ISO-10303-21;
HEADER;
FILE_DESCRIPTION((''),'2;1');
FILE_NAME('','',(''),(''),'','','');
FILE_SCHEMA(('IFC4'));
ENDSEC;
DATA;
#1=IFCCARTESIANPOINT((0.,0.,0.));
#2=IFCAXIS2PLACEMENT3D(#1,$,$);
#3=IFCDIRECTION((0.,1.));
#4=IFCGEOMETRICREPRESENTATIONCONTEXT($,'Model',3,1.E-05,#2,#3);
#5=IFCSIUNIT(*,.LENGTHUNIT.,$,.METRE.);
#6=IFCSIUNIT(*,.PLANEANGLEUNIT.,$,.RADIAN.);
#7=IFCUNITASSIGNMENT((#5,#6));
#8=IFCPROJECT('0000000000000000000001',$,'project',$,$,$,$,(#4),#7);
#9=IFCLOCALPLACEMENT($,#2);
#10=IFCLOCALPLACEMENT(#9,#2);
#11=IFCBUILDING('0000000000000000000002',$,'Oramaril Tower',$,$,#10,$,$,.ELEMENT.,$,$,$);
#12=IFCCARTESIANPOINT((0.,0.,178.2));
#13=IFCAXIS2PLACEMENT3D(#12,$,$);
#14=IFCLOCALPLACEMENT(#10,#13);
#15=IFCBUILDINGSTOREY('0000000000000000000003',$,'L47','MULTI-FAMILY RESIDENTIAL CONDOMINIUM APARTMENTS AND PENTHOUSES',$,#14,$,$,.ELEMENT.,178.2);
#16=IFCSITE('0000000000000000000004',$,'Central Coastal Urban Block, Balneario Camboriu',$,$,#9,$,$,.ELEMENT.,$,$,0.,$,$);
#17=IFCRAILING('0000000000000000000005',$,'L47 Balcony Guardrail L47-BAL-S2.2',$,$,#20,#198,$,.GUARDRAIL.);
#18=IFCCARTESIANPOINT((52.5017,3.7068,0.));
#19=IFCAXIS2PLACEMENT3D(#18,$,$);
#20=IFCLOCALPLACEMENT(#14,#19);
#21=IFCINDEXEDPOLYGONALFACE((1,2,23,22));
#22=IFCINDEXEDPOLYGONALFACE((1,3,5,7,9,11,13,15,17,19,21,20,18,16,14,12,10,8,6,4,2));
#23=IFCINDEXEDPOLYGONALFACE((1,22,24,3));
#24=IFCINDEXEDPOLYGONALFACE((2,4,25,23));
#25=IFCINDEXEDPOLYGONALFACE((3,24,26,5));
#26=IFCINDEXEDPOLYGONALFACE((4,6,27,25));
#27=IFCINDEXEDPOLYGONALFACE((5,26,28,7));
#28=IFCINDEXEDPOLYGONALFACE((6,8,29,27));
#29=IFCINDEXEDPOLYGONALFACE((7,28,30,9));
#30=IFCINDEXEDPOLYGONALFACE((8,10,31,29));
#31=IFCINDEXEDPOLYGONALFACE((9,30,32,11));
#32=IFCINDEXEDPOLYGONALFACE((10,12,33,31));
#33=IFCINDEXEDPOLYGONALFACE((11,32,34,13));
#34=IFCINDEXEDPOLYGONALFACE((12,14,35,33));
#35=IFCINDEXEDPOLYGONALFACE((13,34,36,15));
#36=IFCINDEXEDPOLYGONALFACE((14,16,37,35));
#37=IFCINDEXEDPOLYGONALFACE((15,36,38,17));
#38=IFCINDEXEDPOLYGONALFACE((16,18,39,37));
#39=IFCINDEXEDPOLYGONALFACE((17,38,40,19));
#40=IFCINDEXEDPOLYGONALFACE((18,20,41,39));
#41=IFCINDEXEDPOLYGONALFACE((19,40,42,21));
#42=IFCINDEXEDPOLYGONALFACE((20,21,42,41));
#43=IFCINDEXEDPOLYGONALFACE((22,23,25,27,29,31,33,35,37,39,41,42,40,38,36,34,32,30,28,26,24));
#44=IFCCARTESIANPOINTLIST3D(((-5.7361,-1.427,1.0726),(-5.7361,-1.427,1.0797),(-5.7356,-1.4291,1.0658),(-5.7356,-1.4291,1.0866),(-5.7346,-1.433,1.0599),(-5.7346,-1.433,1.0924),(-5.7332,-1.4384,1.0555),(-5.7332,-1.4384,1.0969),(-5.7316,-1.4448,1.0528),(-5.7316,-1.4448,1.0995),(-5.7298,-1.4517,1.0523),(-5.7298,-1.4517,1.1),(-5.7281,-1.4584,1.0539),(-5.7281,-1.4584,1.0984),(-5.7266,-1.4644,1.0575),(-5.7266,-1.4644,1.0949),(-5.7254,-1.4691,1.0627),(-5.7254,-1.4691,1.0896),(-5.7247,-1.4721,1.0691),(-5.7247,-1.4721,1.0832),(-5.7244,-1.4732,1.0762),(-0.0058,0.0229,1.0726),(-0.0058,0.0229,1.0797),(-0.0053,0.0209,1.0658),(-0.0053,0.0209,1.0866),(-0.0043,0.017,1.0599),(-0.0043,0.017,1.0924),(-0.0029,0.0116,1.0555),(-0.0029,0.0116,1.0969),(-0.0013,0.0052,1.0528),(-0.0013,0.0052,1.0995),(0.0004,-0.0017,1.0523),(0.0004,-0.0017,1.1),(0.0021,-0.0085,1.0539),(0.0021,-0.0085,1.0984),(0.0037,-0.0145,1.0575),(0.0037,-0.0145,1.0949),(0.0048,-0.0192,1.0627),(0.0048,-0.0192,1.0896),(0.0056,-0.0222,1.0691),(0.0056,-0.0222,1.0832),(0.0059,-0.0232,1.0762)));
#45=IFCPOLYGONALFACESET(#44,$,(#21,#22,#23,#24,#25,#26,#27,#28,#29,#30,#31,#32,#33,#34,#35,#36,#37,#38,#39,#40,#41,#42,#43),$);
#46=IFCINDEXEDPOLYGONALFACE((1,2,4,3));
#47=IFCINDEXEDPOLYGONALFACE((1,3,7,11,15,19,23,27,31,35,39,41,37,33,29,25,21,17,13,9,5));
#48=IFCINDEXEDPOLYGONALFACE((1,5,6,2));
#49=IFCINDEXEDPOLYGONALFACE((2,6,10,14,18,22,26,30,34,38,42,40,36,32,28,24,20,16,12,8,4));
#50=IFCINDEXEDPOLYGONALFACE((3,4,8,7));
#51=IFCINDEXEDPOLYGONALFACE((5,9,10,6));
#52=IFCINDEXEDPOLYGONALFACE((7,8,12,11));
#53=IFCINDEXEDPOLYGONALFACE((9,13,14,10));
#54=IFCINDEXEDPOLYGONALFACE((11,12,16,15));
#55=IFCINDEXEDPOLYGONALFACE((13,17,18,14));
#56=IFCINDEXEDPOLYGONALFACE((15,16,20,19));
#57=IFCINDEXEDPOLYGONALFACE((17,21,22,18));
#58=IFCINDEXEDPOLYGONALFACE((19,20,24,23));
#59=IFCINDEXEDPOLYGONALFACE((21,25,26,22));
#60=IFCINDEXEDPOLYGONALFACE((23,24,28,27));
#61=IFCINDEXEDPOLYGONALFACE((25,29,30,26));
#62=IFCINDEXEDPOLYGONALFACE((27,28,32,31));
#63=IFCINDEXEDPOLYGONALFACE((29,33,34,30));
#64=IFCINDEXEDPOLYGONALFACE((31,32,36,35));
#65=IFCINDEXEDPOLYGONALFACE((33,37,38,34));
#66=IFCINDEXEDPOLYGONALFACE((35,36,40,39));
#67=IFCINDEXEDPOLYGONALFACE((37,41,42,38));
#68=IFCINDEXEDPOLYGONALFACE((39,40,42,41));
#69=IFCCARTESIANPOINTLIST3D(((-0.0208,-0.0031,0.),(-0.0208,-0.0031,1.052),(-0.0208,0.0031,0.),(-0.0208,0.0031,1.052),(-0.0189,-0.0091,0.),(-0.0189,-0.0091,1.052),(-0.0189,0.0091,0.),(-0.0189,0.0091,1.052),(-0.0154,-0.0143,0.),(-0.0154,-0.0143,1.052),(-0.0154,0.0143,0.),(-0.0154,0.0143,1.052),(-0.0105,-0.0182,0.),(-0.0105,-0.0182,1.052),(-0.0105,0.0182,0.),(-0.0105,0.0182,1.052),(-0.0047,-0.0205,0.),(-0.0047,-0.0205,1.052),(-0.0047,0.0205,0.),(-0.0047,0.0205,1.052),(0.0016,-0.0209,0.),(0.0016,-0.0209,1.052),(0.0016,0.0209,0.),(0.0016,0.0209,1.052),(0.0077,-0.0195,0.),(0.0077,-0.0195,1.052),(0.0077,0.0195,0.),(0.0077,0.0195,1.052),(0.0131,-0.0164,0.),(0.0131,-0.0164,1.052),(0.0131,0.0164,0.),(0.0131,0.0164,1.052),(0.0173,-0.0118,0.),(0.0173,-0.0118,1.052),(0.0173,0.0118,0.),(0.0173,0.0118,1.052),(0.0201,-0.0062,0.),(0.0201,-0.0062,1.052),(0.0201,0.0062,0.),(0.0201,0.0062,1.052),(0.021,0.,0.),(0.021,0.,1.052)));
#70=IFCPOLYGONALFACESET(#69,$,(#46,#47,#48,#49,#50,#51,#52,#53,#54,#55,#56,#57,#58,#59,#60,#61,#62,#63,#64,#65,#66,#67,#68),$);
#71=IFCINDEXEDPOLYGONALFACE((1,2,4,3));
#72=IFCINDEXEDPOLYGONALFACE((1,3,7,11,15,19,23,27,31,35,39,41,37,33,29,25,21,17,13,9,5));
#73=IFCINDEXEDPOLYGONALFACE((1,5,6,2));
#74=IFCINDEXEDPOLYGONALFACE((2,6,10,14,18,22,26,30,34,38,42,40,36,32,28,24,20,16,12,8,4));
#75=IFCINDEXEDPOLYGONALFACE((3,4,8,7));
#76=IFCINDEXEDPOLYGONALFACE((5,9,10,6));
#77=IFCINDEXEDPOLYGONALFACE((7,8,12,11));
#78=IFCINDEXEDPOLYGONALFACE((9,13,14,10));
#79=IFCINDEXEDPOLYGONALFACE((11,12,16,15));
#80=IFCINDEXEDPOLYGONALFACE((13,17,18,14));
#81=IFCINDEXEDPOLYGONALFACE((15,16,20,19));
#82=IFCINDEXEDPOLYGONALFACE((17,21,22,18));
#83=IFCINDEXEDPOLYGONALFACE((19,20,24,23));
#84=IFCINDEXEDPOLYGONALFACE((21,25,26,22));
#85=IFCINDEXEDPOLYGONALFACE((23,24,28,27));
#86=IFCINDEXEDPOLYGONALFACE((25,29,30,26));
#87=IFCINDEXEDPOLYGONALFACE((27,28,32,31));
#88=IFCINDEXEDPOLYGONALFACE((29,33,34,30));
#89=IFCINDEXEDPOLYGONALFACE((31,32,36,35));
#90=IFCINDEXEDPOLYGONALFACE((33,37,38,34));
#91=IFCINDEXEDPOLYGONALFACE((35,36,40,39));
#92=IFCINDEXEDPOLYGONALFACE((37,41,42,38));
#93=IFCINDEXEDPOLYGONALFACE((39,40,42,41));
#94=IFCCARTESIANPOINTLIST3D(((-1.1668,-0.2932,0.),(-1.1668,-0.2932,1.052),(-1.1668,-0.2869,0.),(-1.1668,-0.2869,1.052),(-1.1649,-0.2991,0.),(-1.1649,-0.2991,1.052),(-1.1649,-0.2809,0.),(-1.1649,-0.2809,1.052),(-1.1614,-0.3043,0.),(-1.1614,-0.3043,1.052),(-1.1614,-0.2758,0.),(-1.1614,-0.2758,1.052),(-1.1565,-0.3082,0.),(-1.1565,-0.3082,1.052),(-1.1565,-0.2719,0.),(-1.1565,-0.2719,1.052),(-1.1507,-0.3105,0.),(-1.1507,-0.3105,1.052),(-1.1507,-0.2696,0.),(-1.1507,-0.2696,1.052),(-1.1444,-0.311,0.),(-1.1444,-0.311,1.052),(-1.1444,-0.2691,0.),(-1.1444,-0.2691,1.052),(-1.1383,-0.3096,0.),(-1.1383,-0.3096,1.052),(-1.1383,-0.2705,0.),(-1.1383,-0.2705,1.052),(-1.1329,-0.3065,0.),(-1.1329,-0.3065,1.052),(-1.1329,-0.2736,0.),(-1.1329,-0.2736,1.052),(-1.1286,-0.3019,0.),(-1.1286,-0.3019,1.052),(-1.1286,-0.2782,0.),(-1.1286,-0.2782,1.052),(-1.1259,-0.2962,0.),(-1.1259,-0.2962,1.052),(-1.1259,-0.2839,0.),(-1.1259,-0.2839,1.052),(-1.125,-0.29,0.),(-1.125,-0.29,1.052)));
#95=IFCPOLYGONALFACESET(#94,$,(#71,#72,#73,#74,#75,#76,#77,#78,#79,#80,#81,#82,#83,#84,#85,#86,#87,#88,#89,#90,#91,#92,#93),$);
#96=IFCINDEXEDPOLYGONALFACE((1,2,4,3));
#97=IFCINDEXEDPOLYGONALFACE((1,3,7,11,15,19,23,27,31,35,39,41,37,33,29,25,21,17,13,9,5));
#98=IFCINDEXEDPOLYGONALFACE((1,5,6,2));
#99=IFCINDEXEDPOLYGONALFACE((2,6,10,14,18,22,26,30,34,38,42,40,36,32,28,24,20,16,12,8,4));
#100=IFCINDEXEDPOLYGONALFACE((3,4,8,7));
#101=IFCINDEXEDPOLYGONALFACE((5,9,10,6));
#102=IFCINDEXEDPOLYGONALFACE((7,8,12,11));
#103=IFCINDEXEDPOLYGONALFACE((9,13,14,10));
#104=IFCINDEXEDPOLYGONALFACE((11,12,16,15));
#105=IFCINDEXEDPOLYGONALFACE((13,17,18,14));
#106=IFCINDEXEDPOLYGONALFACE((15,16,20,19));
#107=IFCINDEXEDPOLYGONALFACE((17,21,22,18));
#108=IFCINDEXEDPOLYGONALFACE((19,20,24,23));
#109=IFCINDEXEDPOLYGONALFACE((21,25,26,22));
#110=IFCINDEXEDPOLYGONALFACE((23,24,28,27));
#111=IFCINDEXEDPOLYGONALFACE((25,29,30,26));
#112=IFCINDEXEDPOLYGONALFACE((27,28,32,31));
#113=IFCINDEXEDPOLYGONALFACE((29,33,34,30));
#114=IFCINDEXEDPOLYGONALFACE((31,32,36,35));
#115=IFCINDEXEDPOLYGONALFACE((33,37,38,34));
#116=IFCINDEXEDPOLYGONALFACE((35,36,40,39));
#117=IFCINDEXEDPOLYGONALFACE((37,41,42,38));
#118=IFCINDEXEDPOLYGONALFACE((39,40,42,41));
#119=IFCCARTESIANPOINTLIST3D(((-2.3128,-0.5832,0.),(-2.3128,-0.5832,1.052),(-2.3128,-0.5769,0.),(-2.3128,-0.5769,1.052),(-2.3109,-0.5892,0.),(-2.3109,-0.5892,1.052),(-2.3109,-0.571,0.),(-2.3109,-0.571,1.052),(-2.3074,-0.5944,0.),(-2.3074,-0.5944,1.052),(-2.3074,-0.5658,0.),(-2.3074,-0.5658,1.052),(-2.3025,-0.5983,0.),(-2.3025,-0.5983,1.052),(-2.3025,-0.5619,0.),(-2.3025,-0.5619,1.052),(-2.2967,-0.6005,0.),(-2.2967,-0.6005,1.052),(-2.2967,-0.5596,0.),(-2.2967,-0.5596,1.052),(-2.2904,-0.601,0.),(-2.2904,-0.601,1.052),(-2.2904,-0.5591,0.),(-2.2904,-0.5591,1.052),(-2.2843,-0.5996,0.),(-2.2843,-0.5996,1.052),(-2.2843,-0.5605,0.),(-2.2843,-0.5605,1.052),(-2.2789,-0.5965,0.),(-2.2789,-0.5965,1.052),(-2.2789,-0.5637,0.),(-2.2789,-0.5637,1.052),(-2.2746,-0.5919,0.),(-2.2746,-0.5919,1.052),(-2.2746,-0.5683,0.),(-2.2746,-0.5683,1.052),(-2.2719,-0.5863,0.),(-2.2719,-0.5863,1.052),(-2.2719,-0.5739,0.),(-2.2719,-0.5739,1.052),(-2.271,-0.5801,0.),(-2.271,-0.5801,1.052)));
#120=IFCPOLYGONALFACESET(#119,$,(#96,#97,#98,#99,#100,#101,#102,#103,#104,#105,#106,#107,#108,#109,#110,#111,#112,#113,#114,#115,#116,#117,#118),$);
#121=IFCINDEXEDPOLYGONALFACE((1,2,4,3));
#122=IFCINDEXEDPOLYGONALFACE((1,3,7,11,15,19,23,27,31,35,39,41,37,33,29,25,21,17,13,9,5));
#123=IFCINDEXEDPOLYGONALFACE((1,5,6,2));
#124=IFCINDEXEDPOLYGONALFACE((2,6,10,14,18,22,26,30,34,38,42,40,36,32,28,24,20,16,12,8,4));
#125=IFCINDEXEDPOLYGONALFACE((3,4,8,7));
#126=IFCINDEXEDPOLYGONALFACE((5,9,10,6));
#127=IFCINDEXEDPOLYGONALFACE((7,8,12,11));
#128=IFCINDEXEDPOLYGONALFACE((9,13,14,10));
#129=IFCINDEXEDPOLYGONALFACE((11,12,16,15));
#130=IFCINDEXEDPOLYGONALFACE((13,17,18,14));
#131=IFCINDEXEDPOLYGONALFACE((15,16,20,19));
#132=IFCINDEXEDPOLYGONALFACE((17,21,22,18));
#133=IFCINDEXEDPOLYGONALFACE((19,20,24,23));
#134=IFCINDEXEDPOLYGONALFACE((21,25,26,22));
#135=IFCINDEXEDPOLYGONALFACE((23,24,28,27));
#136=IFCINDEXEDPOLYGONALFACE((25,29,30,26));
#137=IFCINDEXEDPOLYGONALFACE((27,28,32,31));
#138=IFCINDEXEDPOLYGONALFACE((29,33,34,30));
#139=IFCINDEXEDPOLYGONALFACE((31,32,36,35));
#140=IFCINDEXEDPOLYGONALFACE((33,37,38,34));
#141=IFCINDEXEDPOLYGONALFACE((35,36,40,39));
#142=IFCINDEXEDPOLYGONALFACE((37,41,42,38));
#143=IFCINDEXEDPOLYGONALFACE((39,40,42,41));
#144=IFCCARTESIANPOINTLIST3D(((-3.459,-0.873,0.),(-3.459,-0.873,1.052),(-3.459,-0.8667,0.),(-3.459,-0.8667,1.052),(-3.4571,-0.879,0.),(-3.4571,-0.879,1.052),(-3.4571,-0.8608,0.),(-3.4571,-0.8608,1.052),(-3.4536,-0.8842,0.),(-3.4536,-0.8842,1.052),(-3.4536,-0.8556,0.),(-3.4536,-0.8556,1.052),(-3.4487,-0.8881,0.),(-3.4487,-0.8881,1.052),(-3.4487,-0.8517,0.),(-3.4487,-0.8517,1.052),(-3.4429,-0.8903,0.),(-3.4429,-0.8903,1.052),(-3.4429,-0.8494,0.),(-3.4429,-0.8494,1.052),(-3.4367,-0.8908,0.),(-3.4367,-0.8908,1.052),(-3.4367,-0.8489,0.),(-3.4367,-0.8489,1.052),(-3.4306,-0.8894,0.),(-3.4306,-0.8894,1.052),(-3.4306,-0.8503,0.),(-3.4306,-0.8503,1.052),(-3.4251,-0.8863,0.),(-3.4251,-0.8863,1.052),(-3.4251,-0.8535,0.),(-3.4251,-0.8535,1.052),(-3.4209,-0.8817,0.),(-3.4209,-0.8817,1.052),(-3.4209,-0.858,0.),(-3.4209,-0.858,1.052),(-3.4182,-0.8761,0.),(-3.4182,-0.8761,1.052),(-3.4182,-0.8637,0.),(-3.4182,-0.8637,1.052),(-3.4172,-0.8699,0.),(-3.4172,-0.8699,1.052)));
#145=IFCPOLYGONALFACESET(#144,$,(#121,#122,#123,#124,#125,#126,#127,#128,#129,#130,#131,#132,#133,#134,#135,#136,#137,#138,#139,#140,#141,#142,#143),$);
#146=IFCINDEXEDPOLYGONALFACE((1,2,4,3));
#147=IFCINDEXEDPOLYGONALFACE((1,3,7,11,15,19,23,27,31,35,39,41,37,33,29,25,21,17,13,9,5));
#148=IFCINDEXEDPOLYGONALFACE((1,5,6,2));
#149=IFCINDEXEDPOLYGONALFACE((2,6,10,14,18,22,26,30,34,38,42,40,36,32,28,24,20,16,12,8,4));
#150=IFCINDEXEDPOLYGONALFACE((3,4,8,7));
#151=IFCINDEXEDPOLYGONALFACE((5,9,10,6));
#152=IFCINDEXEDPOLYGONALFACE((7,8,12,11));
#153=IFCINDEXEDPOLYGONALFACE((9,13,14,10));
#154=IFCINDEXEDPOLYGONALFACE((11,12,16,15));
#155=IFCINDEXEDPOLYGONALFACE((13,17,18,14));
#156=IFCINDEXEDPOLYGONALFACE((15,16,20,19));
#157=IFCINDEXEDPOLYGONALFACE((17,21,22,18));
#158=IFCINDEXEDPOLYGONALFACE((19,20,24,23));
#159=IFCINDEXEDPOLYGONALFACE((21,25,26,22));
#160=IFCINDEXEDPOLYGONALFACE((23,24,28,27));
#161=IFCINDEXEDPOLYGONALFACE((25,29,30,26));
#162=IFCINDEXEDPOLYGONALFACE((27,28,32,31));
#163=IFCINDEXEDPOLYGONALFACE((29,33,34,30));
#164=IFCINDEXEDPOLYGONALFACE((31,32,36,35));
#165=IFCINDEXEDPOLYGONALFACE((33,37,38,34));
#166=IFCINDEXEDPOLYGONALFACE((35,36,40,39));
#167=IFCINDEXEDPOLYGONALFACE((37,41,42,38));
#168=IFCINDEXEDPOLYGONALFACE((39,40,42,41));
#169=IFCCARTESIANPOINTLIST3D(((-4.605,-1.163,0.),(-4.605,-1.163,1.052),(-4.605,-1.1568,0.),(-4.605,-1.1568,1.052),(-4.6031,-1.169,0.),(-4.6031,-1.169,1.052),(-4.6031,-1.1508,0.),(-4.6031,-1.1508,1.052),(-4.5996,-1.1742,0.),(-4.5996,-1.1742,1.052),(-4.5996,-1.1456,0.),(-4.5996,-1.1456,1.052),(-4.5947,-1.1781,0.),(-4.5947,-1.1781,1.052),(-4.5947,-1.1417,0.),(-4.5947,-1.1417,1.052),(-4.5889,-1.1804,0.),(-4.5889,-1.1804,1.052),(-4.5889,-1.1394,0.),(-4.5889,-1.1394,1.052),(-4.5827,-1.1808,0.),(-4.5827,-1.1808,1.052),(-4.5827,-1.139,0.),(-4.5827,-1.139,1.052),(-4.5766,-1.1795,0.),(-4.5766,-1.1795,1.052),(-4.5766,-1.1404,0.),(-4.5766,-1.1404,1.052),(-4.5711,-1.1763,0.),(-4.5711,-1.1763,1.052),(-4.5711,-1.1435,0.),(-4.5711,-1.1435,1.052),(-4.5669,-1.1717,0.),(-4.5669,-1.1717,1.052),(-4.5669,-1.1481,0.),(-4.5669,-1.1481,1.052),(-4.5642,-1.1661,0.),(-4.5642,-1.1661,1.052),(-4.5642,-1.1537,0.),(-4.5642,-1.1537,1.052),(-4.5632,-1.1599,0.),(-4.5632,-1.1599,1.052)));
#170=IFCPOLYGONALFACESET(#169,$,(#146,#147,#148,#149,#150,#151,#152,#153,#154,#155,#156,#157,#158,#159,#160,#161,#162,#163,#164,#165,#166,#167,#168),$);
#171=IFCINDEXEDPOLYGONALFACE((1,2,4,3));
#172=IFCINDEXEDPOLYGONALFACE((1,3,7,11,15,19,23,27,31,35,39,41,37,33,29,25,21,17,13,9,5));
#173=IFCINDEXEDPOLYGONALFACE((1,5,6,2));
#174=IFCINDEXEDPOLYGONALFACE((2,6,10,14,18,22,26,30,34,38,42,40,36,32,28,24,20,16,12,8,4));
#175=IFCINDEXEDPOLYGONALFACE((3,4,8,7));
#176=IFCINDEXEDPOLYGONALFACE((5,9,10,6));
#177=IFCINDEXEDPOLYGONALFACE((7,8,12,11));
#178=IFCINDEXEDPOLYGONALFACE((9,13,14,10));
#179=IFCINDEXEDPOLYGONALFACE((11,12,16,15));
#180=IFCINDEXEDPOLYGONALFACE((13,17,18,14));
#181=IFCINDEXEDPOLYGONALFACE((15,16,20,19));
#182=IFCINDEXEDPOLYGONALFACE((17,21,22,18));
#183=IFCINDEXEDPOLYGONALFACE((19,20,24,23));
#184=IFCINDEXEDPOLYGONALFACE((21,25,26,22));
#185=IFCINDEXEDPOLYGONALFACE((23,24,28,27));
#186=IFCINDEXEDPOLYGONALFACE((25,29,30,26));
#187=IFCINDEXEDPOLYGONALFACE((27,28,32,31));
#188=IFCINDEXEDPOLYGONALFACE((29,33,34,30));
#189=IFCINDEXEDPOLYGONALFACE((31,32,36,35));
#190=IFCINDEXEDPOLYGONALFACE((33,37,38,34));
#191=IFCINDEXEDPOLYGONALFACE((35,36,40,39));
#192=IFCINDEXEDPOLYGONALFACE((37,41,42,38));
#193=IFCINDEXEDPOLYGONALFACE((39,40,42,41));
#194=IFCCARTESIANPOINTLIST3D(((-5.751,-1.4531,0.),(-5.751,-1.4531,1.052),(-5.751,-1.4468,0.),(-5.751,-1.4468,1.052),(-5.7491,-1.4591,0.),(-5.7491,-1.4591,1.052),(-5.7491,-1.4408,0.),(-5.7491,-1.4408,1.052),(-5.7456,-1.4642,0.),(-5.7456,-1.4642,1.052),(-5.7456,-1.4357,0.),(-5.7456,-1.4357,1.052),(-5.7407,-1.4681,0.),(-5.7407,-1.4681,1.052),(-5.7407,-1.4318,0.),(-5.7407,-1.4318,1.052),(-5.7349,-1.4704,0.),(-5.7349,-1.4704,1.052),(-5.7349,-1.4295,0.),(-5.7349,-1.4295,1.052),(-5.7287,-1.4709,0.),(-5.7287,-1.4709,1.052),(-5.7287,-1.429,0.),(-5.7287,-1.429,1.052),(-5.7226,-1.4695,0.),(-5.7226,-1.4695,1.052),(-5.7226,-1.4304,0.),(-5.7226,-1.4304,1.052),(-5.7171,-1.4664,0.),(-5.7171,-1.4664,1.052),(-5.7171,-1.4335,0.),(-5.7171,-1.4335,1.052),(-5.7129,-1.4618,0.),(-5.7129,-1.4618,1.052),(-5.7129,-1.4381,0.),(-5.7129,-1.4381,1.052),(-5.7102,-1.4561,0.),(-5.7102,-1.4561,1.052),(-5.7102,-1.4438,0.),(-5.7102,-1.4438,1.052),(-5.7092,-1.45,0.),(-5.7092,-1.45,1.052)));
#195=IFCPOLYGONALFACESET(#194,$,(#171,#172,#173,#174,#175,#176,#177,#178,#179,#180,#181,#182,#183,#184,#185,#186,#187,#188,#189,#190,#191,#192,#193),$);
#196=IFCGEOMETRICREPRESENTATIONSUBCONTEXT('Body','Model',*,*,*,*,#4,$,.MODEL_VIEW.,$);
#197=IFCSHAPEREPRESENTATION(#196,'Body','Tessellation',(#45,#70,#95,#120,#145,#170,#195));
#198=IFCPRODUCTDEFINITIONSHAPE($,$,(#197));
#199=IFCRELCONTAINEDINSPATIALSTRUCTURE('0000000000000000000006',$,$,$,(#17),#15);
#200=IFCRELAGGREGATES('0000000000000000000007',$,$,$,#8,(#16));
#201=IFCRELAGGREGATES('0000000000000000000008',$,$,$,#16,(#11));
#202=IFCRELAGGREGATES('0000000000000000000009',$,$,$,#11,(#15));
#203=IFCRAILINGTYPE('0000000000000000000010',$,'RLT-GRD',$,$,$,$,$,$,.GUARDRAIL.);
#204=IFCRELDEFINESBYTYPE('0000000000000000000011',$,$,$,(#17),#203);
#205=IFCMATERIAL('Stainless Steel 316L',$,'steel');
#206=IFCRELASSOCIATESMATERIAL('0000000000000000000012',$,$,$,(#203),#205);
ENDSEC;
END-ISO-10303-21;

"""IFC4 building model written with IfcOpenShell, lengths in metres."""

from ifc_helpers import new_model, si_unit, direction, frame, origin, origin_2d, place, context, subcontext, project, spatial, circle, extrude, material, type_object, element, save


model = new_model("IFC4")

# Units and contexts
model_context = context("Model", 3, precision=1e-05, world=origin(), true_north=direction((0.0, 1.0)))
body_context = subcontext(model_context, "Body", "Model", "MODEL_VIEW")
ifc_project = project(units=[si_unit("LENGTHUNIT", "METRE"), si_unit("PLANEANGLEUNIT", "RADIAN")], contexts=[model_context])

# Site, building, storey
site_placement = place(None, origin())
site = spatial("IfcSite", under=ifc_project, at=site_placement, Name="Central Coastal Urban Block, Balneario Camboriu", CompositionType="ELEMENT", RefElevation=0.0)
building_placement = place(site_placement, origin())
building = spatial("IfcBuilding", under=site, at=building_placement, Name="Oramaril Tower", CompositionType="ELEMENT")
storey_placement = place(building_placement, frame((0.0, 0.0, 178.2)))
storey = spatial("IfcBuildingStorey", under=building, at=storey_placement, Name="L47", Description="MULTI-FAMILY RESIDENTIAL CONDOMINIUM APARTMENTS AND PENTHOUSES", CompositionType="ELEMENT", Elevation=178.2)

# Railing
ifc_material_1 = material(Name="Stainless Steel 316L", Category="steel")
railing_type = type_object("IfcRailingType", Name="RLT-GRD", PredefinedType="GUARDRAIL", material=ifc_material_1)
railing_1_placement = place(storey_placement, frame((52.5017, 3.7068, 0.0)))
element("IfcRailing", 1, at=railing_1_placement, inside=storey, type_object=railing_type, Name="L47 Balcony Guardrail L47-BAL-S2.2", PredefinedType="GUARDRAIL", context=body_context, shape_type="SweptSolid", body=[
    extrude(circle(Radius=0.0239, at=origin_2d()), frame((0.0, 0.0, 1.0762), z_axis=(-0.969446, -0.245304, 0.0), x_axis=(0.245304, -0.969446, 0.0)), (0.0, 0.0, 1.0), 5.9109),
    extrude(circle(Radius=0.021, at=origin_2d()), origin(), (0.0, 0.0, 1.0), 1.052),
    extrude(circle(Radius=0.021, at=origin_2d()), frame((-1.146, -0.29, 0.0)), (0.0, 0.0, 1.0), 1.052),
    extrude(circle(Radius=0.021, at=origin_2d()), frame((-2.292, -0.5801, 0.0)), (0.0, 0.0, 1.0), 1.052),
    extrude(circle(Radius=0.021, at=origin_2d()), frame((-3.4382, -0.8699, 0.0)), (0.0, 0.0, 1.0), 1.052),
    extrude(circle(Radius=0.021, at=origin_2d()), frame((-4.5842, -1.1599, 0.0)), (0.0, 0.0, 1.0), 1.052),
    extrude(circle(Radius=0.021, at=origin_2d()), frame((-5.7302, -1.45, 0.0)), (0.0, 0.0, 1.0), 1.052),
])

save(model, "model.ifc")
